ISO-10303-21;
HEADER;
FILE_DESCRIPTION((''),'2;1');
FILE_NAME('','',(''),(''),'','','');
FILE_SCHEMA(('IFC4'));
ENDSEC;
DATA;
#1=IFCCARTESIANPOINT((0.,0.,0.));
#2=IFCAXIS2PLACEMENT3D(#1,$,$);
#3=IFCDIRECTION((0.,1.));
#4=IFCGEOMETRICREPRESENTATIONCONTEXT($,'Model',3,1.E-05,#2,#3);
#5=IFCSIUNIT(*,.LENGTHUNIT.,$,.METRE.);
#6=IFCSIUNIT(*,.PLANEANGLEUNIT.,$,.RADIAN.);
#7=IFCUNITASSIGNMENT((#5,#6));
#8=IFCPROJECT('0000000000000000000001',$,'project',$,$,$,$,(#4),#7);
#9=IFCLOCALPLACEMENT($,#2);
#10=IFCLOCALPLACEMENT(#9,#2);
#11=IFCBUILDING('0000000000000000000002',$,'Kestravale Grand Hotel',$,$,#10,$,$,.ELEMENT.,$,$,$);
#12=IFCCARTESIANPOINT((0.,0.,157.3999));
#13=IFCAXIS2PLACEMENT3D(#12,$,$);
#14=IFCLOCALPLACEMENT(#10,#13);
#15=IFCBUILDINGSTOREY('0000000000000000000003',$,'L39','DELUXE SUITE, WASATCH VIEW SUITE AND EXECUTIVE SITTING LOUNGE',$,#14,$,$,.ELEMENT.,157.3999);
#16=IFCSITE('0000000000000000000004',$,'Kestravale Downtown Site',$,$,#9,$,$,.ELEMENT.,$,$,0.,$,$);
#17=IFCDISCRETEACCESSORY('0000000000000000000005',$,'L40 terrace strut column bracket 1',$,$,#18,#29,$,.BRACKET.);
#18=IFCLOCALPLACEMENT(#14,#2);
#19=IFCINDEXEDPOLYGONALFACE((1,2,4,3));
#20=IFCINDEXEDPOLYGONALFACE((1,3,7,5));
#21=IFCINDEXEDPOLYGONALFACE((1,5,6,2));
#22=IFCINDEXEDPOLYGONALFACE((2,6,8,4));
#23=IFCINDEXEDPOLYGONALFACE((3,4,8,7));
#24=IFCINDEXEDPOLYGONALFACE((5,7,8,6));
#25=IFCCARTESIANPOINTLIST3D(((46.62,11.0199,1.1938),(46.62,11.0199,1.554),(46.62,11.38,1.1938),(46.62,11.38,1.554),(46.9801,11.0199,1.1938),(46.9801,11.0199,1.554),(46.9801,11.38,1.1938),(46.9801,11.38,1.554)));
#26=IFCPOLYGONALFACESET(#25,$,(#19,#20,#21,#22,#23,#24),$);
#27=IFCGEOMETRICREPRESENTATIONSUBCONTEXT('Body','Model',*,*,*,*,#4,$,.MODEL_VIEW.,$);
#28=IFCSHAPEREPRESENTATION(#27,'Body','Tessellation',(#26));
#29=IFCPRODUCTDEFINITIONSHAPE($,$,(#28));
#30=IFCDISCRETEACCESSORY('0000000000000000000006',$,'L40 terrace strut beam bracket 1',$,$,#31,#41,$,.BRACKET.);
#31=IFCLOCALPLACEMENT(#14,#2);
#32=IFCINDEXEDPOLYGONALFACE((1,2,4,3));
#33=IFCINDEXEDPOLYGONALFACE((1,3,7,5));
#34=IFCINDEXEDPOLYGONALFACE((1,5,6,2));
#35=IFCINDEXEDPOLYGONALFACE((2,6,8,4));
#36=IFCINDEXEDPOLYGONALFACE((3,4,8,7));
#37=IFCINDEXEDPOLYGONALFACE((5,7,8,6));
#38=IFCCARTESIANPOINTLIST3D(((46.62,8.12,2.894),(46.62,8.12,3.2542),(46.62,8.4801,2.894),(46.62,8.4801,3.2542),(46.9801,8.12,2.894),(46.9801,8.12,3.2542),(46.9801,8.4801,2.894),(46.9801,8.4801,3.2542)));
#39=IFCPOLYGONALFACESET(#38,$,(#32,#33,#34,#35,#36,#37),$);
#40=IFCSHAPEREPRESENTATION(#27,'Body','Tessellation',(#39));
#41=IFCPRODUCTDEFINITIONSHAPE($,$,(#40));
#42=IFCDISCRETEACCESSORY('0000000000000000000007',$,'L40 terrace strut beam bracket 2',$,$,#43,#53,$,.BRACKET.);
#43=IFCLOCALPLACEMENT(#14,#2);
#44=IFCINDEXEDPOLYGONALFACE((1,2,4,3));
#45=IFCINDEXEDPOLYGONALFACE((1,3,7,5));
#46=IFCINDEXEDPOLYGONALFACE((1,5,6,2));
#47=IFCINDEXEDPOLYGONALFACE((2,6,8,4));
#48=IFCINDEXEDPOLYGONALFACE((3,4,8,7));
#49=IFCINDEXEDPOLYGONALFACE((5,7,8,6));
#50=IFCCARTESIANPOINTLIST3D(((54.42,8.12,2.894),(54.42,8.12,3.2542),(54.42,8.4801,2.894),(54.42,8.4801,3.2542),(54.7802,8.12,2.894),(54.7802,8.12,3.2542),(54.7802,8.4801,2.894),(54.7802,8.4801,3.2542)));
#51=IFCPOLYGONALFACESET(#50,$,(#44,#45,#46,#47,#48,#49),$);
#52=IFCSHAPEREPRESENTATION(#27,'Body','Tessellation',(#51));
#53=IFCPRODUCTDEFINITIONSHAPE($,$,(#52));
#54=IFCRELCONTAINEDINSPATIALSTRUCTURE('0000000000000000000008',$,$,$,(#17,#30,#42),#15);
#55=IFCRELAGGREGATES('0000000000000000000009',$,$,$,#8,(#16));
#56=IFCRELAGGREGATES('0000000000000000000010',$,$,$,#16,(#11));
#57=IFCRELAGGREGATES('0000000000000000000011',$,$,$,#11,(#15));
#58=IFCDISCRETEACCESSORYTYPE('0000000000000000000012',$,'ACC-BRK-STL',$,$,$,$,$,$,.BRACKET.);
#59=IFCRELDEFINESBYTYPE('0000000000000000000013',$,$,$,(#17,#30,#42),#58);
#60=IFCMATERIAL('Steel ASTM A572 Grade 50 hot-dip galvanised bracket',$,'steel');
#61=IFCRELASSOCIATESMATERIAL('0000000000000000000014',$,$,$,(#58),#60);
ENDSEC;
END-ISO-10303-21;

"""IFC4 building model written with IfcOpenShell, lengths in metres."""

from ifc_helpers import new_model, si_unit, direction, frame, origin, origin_2d, place, context, subcontext, project, spatial, rectangle, extrude, material, type_object, element, save


model = new_model("IFC4")

# Units and contexts
model_context = context("Model", 3, precision=1e-05, world=origin(), true_north=direction((0.0, 1.0)))
body_context = subcontext(model_context, "Body", "Model", "MODEL_VIEW")
ifc_project = project(units=[si_unit("LENGTHUNIT", "METRE"), si_unit("PLANEANGLEUNIT", "RADIAN")], contexts=[model_context])

# Site, building, storey
site_placement = place(None, origin())
site = spatial("IfcSite", under=ifc_project, at=site_placement, Name="Kestravale Downtown Site", CompositionType="ELEMENT", RefElevation=0.0)
building_placement = place(site_placement, origin())
building = spatial("IfcBuilding", under=site, at=building_placement, Name="Kestravale Grand Hotel", CompositionType="ELEMENT")
storey_placement = place(building_placement, frame((0.0, 0.0, 157.3999)))
storey = spatial("IfcBuildingStorey", under=building, at=storey_placement, Name="L39", Description="DELUXE SUITE, WASATCH VIEW SUITE AND EXECUTIVE SITTING LOUNGE", CompositionType="ELEMENT", Elevation=157.3999)

# Discrete accessories
ifc_material_1 = material(Name="Steel ASTM A572 Grade 50 hot-dip galvanised bracket", Category="steel")
discrete_accessory_type = type_object("IfcDiscreteAccessoryType", Name="ACC-BRK-STL", PredefinedType="BRACKET", material=ifc_material_1)
for number, where, z_axis, x_axis, name in (
    (1, (46.8, 11.2, 1.1938), (0.0, 0.0, 1.0), (1.0, 0.0, 0.0), "L40 terrace strut column bracket 1"),
    (2, (46.8, 8.3, 2.894), (0.0, 0.0, 1.0), (1.0, 0.0, 0.0), "L40 terrace strut beam bracket 1"),
    (3, (54.6001, 8.3, 2.894), (0.0, 0.0, 1.0), (1.0, 0.0, 0.0), "L40 terrace strut beam bracket 2"),
):
    element("IfcDiscreteAccessory", number, at=place(storey_placement, frame(where, z_axis=z_axis, x_axis=x_axis)), inside=storey, type_object=discrete_accessory_type, Name=name, PredefinedType="BRACKET", context=body_context, shape_type="SweptSolid", body=[
        extrude(rectangle(XDim=0.3601, YDim=0.3601, at=origin_2d()), origin(), (0.0, 0.0, 1.0), 0.3601),
    ])

save(model, "model.ifc")
